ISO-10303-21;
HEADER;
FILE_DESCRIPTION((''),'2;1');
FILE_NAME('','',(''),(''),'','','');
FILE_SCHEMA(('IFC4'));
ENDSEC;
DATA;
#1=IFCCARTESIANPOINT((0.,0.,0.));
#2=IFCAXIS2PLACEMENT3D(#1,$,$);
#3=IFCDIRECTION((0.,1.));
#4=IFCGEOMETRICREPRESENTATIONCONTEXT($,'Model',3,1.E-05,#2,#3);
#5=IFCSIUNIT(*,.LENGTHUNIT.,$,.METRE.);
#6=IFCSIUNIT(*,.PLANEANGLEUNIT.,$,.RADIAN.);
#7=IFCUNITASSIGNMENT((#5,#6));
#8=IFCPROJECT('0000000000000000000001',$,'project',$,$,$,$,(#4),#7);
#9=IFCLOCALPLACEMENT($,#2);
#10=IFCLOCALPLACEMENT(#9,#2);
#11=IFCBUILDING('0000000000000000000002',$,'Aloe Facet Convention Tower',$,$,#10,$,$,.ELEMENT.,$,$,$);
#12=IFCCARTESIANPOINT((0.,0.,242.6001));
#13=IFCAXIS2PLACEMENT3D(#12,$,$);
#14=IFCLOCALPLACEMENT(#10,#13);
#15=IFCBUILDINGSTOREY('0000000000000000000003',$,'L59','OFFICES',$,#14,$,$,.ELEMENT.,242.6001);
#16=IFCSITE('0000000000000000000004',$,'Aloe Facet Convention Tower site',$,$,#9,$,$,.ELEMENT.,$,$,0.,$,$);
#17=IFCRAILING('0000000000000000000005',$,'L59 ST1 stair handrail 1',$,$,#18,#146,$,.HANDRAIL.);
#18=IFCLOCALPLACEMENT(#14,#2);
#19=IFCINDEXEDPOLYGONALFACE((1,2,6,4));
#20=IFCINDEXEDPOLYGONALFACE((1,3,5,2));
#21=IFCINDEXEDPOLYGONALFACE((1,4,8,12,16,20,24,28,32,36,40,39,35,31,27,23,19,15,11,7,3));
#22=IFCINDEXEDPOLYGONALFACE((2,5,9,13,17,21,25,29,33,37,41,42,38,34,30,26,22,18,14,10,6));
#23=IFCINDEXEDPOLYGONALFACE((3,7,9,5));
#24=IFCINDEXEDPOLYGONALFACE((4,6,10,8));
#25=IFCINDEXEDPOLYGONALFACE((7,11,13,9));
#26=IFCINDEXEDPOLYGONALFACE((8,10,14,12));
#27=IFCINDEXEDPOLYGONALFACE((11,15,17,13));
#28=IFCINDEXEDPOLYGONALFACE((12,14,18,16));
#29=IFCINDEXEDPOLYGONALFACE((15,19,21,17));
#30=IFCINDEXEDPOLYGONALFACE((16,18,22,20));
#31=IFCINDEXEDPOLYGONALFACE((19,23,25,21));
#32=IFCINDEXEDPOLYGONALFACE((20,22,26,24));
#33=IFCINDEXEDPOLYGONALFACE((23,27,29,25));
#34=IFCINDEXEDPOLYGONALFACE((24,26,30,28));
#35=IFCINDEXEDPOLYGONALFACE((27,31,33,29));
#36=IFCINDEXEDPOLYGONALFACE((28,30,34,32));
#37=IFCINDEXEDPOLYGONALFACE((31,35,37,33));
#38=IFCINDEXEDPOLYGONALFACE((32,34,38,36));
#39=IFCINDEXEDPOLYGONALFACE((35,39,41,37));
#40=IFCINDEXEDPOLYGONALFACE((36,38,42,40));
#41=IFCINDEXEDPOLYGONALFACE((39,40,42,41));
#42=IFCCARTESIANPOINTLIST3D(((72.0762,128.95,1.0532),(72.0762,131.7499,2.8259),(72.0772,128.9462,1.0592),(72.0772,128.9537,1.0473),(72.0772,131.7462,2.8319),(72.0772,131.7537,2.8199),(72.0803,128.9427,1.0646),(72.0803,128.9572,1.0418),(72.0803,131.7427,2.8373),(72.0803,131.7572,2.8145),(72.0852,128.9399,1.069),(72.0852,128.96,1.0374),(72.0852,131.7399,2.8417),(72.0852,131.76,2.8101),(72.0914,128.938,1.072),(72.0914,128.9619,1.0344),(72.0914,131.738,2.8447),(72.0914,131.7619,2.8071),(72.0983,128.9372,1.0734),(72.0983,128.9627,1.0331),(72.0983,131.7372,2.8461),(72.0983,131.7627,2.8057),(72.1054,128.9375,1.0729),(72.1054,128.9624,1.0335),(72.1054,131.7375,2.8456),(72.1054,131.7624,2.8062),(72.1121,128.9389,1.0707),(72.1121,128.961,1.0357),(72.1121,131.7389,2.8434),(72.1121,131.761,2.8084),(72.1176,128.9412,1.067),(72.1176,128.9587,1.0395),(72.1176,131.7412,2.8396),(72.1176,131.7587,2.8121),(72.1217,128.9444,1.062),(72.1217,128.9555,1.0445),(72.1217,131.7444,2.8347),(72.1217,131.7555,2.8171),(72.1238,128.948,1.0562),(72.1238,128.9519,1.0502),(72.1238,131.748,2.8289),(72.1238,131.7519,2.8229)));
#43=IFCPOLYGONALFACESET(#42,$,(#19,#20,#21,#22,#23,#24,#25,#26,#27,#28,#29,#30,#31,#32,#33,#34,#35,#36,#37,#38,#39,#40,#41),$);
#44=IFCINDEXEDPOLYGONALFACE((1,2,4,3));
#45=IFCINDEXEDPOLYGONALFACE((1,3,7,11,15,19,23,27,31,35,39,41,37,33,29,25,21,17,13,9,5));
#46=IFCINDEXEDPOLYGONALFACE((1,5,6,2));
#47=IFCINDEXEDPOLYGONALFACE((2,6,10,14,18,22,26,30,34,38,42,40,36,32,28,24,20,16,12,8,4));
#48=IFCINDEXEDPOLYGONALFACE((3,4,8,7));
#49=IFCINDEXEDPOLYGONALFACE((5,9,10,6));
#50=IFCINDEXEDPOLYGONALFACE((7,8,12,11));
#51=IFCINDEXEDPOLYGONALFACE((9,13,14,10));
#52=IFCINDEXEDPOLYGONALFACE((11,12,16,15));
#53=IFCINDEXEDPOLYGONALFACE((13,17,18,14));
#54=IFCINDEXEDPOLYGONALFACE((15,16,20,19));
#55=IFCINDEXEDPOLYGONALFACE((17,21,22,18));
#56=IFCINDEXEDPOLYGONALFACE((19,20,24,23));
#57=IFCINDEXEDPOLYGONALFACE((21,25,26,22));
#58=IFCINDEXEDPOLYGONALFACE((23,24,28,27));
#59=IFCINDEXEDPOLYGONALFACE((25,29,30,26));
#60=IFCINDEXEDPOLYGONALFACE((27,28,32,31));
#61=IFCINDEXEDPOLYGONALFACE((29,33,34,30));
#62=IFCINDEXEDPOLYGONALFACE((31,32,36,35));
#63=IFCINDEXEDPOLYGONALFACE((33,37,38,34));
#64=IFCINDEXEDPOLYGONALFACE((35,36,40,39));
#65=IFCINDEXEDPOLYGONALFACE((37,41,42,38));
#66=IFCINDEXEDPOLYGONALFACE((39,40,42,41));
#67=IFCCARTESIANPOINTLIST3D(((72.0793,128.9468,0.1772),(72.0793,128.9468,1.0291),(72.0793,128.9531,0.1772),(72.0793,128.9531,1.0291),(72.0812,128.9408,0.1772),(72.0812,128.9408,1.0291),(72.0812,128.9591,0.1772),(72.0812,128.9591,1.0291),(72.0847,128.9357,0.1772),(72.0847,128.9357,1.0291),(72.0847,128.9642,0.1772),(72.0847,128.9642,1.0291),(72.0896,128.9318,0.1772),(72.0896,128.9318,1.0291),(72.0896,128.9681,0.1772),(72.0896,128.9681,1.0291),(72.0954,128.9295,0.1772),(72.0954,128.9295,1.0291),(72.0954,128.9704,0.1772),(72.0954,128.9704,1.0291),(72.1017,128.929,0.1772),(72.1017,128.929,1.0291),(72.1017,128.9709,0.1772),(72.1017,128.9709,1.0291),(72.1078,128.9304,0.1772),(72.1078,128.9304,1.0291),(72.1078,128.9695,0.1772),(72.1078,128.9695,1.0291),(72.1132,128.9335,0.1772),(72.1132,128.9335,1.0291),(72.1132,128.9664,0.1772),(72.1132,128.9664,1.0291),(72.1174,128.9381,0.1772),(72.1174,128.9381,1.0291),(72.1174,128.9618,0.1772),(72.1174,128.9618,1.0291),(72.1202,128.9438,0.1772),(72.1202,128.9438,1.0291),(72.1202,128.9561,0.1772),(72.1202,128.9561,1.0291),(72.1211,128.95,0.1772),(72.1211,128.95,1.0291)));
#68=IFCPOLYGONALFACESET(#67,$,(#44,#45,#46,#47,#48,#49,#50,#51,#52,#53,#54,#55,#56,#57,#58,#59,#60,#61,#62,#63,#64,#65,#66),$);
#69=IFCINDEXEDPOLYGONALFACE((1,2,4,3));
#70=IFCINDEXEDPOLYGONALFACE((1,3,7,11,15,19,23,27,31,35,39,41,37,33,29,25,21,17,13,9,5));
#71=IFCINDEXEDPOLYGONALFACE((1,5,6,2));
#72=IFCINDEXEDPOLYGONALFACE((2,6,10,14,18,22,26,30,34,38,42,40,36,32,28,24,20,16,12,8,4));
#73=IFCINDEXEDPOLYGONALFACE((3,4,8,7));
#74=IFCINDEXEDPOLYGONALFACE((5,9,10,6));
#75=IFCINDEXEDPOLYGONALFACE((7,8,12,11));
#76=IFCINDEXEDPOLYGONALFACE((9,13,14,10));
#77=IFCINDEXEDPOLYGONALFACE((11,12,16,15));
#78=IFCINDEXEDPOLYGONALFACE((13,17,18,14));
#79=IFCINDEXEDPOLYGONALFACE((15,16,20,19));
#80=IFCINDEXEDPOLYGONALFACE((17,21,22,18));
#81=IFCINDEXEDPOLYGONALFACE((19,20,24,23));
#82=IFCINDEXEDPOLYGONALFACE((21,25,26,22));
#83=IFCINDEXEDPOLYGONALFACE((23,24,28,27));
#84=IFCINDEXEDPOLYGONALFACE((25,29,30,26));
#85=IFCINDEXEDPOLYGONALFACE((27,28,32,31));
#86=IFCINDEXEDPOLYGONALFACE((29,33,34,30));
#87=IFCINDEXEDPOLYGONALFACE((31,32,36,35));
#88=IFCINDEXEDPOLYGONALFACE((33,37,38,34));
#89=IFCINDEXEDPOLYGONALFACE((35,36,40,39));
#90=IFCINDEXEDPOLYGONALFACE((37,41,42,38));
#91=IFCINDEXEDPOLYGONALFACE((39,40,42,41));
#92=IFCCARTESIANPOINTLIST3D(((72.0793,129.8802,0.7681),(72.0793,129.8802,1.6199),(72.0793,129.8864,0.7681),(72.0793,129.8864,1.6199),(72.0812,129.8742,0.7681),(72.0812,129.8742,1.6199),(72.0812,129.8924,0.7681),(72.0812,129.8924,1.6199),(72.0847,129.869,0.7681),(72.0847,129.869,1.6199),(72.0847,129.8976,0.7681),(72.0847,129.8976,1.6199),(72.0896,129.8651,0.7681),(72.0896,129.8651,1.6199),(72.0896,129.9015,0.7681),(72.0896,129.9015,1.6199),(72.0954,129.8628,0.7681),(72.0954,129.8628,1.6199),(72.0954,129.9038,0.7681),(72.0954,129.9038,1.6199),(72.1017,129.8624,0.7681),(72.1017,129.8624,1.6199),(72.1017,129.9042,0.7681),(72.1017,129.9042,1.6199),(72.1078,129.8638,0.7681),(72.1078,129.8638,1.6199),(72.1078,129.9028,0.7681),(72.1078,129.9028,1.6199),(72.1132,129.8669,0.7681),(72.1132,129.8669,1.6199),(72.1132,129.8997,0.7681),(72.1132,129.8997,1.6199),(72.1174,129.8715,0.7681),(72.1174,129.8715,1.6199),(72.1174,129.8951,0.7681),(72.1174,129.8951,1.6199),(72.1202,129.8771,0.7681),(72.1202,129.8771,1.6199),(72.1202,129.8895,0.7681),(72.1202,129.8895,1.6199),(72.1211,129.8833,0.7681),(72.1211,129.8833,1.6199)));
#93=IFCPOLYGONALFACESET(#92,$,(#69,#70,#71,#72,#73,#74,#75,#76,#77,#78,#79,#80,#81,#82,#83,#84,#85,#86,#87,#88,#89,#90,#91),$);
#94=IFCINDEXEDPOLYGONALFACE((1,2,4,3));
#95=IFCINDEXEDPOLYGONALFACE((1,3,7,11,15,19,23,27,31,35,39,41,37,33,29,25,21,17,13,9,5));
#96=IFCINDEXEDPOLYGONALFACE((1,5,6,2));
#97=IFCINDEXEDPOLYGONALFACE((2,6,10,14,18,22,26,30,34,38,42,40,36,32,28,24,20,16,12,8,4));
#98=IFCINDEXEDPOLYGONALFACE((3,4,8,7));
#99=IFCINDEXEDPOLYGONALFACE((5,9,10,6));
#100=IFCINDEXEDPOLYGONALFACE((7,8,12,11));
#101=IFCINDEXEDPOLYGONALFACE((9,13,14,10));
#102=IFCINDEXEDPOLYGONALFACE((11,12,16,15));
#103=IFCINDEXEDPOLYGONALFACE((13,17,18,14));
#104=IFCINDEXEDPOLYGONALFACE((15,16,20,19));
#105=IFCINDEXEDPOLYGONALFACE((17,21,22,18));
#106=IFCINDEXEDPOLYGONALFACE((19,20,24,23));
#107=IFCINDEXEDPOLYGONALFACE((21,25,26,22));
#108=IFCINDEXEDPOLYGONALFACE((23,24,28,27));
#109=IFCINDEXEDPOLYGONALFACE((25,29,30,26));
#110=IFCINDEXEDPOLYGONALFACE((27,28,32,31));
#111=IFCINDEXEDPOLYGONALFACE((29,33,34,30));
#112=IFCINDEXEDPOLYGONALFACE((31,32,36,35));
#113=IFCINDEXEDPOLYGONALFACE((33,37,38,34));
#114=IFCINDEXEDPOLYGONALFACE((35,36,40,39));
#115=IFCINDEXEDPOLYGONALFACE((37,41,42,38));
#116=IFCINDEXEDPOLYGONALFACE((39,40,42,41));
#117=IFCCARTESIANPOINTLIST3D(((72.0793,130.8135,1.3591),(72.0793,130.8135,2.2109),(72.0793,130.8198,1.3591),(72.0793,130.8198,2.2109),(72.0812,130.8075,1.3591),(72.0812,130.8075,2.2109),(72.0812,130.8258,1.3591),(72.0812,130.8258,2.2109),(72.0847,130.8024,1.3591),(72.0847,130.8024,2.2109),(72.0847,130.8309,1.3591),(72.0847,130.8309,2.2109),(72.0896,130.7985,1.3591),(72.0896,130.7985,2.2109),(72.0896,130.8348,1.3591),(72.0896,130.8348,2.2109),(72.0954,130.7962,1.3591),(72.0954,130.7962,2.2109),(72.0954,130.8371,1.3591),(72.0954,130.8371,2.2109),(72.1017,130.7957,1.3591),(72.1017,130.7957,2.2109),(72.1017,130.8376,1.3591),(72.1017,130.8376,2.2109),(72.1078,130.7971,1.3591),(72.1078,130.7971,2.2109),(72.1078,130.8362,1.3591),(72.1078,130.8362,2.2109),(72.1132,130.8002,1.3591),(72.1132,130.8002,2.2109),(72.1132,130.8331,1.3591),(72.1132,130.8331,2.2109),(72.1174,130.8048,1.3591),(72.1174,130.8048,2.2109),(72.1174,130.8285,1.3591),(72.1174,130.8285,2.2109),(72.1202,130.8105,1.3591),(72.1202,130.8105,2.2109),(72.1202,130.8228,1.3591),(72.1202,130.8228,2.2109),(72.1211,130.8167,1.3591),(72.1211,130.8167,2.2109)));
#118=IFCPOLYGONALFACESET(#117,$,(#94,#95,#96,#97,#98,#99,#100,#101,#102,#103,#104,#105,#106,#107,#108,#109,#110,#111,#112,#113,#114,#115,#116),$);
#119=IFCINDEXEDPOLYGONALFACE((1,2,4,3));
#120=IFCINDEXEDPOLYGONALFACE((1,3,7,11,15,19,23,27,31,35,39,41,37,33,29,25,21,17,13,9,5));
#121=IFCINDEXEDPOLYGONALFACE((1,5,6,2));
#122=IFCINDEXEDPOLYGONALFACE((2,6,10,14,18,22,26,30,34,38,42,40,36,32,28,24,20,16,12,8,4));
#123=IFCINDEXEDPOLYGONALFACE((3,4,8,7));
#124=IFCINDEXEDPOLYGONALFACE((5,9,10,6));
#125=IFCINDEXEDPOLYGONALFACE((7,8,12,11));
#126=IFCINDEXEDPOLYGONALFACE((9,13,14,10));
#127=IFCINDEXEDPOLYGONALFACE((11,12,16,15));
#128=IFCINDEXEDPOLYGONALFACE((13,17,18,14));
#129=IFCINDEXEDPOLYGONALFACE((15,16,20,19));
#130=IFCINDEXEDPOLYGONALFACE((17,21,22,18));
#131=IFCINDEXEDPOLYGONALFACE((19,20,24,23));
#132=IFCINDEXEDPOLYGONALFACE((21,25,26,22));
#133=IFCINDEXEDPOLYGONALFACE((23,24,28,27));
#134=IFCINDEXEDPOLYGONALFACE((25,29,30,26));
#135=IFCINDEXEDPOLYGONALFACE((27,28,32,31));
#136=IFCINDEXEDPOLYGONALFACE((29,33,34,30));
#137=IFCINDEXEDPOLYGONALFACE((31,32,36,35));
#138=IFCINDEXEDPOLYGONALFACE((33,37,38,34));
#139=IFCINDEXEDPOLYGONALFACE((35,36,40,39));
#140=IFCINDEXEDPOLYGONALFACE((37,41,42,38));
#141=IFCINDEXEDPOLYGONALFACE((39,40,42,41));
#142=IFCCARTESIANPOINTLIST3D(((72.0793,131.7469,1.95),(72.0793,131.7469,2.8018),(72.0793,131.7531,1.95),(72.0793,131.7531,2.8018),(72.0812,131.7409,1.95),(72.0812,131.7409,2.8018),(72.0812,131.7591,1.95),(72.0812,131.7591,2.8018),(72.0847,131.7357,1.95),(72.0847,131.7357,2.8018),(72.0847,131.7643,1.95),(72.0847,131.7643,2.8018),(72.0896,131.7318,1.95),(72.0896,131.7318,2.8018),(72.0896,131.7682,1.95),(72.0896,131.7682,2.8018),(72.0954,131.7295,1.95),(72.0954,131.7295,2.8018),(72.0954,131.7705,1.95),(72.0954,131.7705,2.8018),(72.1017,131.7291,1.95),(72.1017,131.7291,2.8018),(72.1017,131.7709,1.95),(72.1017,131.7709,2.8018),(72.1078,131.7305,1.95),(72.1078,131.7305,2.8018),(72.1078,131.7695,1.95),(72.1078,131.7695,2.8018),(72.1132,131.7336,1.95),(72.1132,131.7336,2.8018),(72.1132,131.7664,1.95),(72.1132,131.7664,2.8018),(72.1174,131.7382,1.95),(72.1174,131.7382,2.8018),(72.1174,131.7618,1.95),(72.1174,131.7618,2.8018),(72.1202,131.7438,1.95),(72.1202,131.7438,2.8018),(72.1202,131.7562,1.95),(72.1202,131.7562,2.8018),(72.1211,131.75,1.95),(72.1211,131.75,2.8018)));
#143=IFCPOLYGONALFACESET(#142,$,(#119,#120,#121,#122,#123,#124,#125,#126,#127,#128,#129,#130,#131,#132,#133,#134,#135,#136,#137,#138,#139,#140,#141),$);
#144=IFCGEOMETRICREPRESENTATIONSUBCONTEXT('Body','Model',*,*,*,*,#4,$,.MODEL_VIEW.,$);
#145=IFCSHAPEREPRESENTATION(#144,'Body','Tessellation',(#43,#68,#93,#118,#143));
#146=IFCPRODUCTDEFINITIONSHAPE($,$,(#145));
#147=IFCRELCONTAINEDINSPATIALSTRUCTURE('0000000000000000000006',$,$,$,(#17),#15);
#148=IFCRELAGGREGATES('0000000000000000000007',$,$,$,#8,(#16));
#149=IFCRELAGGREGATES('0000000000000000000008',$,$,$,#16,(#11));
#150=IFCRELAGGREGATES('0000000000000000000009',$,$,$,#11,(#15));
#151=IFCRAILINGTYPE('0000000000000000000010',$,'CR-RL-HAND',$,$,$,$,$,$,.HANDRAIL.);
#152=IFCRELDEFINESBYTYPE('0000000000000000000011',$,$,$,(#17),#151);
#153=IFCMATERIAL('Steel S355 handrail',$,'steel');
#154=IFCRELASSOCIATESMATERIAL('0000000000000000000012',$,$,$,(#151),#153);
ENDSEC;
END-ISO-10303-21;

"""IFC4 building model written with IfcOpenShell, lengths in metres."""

from ifc_helpers import new_model, si_unit, direction, frame, origin, origin_2d, place, context, subcontext, project, spatial, circle, extrude, material, type_object, element, save


model = new_model("IFC4")

# Units and contexts
model_context = context("Model", 3, precision=1e-05, world=origin(), true_north=direction((0.0, 1.0)))
body_context = subcontext(model_context, "Body", "Model", "MODEL_VIEW")
ifc_project = project(units=[si_unit("LENGTHUNIT", "METRE"), si_unit("PLANEANGLEUNIT", "RADIAN")], contexts=[model_context])

# Site, building, storey
site_placement = place(None, origin())
site = spatial("IfcSite", under=ifc_project, at=site_placement, Name="Aloe Facet Convention Tower site", CompositionType="ELEMENT", RefElevation=0.0)
building_placement = place(site_placement, origin())
building = spatial("IfcBuilding", under=site, at=building_placement, Name="Aloe Facet Convention Tower", CompositionType="ELEMENT")
storey_placement = place(building_placement, frame((0.0, 0.0, 242.6001)))
storey = spatial("IfcBuildingStorey", under=building, at=storey_placement, Name="L59", Description="OFFICES", CompositionType="ELEMENT", Elevation=242.6001)

# Railing
ifc_material_1 = material(Name="Steel S355 handrail", Category="steel")
railing_type_1 = type_object("IfcRailingType", Name="CR-RL-HAND", PredefinedType="HANDRAIL", material=ifc_material_1)
railing_1_placement = place(storey_placement, frame((72.1001, 128.95, 0.1772)))
element("IfcRailing", 1, at=railing_1_placement, inside=storey, type_object=railing_type_1, Name="L59 ST1 stair handrail 1", PredefinedType="HANDRAIL", context=body_context, shape_type="SweptSolid", body=[
    extrude(circle(Radius=0.0239, at=origin_2d()), frame((0.0, 0.0, 0.876), z_axis=(0.0, 0.844909, 0.53491), x_axis=(-1.0, 0.0, 0.0)), (0.0, 0.0, 1.0), 3.314),
    extrude(circle(Radius=0.021, at=origin_2d()), origin(), (0.0, 0.0, 1.0), 0.8518),
    extrude(circle(Radius=0.021, at=origin_2d()), frame((0.0, 0.9333, 0.5908)), (0.0, 0.0, 1.0), 0.8518),
    extrude(circle(Radius=0.021, at=origin_2d()), frame((0.0, 1.8667, 1.1819)), (0.0, 0.0, 1.0), 0.8518),
    extrude(circle(Radius=0.021, at=origin_2d()), frame((0.0, 2.8, 1.7727)), (0.0, 0.0, 1.0), 0.8518),
])

save(model, "model.ifc")
